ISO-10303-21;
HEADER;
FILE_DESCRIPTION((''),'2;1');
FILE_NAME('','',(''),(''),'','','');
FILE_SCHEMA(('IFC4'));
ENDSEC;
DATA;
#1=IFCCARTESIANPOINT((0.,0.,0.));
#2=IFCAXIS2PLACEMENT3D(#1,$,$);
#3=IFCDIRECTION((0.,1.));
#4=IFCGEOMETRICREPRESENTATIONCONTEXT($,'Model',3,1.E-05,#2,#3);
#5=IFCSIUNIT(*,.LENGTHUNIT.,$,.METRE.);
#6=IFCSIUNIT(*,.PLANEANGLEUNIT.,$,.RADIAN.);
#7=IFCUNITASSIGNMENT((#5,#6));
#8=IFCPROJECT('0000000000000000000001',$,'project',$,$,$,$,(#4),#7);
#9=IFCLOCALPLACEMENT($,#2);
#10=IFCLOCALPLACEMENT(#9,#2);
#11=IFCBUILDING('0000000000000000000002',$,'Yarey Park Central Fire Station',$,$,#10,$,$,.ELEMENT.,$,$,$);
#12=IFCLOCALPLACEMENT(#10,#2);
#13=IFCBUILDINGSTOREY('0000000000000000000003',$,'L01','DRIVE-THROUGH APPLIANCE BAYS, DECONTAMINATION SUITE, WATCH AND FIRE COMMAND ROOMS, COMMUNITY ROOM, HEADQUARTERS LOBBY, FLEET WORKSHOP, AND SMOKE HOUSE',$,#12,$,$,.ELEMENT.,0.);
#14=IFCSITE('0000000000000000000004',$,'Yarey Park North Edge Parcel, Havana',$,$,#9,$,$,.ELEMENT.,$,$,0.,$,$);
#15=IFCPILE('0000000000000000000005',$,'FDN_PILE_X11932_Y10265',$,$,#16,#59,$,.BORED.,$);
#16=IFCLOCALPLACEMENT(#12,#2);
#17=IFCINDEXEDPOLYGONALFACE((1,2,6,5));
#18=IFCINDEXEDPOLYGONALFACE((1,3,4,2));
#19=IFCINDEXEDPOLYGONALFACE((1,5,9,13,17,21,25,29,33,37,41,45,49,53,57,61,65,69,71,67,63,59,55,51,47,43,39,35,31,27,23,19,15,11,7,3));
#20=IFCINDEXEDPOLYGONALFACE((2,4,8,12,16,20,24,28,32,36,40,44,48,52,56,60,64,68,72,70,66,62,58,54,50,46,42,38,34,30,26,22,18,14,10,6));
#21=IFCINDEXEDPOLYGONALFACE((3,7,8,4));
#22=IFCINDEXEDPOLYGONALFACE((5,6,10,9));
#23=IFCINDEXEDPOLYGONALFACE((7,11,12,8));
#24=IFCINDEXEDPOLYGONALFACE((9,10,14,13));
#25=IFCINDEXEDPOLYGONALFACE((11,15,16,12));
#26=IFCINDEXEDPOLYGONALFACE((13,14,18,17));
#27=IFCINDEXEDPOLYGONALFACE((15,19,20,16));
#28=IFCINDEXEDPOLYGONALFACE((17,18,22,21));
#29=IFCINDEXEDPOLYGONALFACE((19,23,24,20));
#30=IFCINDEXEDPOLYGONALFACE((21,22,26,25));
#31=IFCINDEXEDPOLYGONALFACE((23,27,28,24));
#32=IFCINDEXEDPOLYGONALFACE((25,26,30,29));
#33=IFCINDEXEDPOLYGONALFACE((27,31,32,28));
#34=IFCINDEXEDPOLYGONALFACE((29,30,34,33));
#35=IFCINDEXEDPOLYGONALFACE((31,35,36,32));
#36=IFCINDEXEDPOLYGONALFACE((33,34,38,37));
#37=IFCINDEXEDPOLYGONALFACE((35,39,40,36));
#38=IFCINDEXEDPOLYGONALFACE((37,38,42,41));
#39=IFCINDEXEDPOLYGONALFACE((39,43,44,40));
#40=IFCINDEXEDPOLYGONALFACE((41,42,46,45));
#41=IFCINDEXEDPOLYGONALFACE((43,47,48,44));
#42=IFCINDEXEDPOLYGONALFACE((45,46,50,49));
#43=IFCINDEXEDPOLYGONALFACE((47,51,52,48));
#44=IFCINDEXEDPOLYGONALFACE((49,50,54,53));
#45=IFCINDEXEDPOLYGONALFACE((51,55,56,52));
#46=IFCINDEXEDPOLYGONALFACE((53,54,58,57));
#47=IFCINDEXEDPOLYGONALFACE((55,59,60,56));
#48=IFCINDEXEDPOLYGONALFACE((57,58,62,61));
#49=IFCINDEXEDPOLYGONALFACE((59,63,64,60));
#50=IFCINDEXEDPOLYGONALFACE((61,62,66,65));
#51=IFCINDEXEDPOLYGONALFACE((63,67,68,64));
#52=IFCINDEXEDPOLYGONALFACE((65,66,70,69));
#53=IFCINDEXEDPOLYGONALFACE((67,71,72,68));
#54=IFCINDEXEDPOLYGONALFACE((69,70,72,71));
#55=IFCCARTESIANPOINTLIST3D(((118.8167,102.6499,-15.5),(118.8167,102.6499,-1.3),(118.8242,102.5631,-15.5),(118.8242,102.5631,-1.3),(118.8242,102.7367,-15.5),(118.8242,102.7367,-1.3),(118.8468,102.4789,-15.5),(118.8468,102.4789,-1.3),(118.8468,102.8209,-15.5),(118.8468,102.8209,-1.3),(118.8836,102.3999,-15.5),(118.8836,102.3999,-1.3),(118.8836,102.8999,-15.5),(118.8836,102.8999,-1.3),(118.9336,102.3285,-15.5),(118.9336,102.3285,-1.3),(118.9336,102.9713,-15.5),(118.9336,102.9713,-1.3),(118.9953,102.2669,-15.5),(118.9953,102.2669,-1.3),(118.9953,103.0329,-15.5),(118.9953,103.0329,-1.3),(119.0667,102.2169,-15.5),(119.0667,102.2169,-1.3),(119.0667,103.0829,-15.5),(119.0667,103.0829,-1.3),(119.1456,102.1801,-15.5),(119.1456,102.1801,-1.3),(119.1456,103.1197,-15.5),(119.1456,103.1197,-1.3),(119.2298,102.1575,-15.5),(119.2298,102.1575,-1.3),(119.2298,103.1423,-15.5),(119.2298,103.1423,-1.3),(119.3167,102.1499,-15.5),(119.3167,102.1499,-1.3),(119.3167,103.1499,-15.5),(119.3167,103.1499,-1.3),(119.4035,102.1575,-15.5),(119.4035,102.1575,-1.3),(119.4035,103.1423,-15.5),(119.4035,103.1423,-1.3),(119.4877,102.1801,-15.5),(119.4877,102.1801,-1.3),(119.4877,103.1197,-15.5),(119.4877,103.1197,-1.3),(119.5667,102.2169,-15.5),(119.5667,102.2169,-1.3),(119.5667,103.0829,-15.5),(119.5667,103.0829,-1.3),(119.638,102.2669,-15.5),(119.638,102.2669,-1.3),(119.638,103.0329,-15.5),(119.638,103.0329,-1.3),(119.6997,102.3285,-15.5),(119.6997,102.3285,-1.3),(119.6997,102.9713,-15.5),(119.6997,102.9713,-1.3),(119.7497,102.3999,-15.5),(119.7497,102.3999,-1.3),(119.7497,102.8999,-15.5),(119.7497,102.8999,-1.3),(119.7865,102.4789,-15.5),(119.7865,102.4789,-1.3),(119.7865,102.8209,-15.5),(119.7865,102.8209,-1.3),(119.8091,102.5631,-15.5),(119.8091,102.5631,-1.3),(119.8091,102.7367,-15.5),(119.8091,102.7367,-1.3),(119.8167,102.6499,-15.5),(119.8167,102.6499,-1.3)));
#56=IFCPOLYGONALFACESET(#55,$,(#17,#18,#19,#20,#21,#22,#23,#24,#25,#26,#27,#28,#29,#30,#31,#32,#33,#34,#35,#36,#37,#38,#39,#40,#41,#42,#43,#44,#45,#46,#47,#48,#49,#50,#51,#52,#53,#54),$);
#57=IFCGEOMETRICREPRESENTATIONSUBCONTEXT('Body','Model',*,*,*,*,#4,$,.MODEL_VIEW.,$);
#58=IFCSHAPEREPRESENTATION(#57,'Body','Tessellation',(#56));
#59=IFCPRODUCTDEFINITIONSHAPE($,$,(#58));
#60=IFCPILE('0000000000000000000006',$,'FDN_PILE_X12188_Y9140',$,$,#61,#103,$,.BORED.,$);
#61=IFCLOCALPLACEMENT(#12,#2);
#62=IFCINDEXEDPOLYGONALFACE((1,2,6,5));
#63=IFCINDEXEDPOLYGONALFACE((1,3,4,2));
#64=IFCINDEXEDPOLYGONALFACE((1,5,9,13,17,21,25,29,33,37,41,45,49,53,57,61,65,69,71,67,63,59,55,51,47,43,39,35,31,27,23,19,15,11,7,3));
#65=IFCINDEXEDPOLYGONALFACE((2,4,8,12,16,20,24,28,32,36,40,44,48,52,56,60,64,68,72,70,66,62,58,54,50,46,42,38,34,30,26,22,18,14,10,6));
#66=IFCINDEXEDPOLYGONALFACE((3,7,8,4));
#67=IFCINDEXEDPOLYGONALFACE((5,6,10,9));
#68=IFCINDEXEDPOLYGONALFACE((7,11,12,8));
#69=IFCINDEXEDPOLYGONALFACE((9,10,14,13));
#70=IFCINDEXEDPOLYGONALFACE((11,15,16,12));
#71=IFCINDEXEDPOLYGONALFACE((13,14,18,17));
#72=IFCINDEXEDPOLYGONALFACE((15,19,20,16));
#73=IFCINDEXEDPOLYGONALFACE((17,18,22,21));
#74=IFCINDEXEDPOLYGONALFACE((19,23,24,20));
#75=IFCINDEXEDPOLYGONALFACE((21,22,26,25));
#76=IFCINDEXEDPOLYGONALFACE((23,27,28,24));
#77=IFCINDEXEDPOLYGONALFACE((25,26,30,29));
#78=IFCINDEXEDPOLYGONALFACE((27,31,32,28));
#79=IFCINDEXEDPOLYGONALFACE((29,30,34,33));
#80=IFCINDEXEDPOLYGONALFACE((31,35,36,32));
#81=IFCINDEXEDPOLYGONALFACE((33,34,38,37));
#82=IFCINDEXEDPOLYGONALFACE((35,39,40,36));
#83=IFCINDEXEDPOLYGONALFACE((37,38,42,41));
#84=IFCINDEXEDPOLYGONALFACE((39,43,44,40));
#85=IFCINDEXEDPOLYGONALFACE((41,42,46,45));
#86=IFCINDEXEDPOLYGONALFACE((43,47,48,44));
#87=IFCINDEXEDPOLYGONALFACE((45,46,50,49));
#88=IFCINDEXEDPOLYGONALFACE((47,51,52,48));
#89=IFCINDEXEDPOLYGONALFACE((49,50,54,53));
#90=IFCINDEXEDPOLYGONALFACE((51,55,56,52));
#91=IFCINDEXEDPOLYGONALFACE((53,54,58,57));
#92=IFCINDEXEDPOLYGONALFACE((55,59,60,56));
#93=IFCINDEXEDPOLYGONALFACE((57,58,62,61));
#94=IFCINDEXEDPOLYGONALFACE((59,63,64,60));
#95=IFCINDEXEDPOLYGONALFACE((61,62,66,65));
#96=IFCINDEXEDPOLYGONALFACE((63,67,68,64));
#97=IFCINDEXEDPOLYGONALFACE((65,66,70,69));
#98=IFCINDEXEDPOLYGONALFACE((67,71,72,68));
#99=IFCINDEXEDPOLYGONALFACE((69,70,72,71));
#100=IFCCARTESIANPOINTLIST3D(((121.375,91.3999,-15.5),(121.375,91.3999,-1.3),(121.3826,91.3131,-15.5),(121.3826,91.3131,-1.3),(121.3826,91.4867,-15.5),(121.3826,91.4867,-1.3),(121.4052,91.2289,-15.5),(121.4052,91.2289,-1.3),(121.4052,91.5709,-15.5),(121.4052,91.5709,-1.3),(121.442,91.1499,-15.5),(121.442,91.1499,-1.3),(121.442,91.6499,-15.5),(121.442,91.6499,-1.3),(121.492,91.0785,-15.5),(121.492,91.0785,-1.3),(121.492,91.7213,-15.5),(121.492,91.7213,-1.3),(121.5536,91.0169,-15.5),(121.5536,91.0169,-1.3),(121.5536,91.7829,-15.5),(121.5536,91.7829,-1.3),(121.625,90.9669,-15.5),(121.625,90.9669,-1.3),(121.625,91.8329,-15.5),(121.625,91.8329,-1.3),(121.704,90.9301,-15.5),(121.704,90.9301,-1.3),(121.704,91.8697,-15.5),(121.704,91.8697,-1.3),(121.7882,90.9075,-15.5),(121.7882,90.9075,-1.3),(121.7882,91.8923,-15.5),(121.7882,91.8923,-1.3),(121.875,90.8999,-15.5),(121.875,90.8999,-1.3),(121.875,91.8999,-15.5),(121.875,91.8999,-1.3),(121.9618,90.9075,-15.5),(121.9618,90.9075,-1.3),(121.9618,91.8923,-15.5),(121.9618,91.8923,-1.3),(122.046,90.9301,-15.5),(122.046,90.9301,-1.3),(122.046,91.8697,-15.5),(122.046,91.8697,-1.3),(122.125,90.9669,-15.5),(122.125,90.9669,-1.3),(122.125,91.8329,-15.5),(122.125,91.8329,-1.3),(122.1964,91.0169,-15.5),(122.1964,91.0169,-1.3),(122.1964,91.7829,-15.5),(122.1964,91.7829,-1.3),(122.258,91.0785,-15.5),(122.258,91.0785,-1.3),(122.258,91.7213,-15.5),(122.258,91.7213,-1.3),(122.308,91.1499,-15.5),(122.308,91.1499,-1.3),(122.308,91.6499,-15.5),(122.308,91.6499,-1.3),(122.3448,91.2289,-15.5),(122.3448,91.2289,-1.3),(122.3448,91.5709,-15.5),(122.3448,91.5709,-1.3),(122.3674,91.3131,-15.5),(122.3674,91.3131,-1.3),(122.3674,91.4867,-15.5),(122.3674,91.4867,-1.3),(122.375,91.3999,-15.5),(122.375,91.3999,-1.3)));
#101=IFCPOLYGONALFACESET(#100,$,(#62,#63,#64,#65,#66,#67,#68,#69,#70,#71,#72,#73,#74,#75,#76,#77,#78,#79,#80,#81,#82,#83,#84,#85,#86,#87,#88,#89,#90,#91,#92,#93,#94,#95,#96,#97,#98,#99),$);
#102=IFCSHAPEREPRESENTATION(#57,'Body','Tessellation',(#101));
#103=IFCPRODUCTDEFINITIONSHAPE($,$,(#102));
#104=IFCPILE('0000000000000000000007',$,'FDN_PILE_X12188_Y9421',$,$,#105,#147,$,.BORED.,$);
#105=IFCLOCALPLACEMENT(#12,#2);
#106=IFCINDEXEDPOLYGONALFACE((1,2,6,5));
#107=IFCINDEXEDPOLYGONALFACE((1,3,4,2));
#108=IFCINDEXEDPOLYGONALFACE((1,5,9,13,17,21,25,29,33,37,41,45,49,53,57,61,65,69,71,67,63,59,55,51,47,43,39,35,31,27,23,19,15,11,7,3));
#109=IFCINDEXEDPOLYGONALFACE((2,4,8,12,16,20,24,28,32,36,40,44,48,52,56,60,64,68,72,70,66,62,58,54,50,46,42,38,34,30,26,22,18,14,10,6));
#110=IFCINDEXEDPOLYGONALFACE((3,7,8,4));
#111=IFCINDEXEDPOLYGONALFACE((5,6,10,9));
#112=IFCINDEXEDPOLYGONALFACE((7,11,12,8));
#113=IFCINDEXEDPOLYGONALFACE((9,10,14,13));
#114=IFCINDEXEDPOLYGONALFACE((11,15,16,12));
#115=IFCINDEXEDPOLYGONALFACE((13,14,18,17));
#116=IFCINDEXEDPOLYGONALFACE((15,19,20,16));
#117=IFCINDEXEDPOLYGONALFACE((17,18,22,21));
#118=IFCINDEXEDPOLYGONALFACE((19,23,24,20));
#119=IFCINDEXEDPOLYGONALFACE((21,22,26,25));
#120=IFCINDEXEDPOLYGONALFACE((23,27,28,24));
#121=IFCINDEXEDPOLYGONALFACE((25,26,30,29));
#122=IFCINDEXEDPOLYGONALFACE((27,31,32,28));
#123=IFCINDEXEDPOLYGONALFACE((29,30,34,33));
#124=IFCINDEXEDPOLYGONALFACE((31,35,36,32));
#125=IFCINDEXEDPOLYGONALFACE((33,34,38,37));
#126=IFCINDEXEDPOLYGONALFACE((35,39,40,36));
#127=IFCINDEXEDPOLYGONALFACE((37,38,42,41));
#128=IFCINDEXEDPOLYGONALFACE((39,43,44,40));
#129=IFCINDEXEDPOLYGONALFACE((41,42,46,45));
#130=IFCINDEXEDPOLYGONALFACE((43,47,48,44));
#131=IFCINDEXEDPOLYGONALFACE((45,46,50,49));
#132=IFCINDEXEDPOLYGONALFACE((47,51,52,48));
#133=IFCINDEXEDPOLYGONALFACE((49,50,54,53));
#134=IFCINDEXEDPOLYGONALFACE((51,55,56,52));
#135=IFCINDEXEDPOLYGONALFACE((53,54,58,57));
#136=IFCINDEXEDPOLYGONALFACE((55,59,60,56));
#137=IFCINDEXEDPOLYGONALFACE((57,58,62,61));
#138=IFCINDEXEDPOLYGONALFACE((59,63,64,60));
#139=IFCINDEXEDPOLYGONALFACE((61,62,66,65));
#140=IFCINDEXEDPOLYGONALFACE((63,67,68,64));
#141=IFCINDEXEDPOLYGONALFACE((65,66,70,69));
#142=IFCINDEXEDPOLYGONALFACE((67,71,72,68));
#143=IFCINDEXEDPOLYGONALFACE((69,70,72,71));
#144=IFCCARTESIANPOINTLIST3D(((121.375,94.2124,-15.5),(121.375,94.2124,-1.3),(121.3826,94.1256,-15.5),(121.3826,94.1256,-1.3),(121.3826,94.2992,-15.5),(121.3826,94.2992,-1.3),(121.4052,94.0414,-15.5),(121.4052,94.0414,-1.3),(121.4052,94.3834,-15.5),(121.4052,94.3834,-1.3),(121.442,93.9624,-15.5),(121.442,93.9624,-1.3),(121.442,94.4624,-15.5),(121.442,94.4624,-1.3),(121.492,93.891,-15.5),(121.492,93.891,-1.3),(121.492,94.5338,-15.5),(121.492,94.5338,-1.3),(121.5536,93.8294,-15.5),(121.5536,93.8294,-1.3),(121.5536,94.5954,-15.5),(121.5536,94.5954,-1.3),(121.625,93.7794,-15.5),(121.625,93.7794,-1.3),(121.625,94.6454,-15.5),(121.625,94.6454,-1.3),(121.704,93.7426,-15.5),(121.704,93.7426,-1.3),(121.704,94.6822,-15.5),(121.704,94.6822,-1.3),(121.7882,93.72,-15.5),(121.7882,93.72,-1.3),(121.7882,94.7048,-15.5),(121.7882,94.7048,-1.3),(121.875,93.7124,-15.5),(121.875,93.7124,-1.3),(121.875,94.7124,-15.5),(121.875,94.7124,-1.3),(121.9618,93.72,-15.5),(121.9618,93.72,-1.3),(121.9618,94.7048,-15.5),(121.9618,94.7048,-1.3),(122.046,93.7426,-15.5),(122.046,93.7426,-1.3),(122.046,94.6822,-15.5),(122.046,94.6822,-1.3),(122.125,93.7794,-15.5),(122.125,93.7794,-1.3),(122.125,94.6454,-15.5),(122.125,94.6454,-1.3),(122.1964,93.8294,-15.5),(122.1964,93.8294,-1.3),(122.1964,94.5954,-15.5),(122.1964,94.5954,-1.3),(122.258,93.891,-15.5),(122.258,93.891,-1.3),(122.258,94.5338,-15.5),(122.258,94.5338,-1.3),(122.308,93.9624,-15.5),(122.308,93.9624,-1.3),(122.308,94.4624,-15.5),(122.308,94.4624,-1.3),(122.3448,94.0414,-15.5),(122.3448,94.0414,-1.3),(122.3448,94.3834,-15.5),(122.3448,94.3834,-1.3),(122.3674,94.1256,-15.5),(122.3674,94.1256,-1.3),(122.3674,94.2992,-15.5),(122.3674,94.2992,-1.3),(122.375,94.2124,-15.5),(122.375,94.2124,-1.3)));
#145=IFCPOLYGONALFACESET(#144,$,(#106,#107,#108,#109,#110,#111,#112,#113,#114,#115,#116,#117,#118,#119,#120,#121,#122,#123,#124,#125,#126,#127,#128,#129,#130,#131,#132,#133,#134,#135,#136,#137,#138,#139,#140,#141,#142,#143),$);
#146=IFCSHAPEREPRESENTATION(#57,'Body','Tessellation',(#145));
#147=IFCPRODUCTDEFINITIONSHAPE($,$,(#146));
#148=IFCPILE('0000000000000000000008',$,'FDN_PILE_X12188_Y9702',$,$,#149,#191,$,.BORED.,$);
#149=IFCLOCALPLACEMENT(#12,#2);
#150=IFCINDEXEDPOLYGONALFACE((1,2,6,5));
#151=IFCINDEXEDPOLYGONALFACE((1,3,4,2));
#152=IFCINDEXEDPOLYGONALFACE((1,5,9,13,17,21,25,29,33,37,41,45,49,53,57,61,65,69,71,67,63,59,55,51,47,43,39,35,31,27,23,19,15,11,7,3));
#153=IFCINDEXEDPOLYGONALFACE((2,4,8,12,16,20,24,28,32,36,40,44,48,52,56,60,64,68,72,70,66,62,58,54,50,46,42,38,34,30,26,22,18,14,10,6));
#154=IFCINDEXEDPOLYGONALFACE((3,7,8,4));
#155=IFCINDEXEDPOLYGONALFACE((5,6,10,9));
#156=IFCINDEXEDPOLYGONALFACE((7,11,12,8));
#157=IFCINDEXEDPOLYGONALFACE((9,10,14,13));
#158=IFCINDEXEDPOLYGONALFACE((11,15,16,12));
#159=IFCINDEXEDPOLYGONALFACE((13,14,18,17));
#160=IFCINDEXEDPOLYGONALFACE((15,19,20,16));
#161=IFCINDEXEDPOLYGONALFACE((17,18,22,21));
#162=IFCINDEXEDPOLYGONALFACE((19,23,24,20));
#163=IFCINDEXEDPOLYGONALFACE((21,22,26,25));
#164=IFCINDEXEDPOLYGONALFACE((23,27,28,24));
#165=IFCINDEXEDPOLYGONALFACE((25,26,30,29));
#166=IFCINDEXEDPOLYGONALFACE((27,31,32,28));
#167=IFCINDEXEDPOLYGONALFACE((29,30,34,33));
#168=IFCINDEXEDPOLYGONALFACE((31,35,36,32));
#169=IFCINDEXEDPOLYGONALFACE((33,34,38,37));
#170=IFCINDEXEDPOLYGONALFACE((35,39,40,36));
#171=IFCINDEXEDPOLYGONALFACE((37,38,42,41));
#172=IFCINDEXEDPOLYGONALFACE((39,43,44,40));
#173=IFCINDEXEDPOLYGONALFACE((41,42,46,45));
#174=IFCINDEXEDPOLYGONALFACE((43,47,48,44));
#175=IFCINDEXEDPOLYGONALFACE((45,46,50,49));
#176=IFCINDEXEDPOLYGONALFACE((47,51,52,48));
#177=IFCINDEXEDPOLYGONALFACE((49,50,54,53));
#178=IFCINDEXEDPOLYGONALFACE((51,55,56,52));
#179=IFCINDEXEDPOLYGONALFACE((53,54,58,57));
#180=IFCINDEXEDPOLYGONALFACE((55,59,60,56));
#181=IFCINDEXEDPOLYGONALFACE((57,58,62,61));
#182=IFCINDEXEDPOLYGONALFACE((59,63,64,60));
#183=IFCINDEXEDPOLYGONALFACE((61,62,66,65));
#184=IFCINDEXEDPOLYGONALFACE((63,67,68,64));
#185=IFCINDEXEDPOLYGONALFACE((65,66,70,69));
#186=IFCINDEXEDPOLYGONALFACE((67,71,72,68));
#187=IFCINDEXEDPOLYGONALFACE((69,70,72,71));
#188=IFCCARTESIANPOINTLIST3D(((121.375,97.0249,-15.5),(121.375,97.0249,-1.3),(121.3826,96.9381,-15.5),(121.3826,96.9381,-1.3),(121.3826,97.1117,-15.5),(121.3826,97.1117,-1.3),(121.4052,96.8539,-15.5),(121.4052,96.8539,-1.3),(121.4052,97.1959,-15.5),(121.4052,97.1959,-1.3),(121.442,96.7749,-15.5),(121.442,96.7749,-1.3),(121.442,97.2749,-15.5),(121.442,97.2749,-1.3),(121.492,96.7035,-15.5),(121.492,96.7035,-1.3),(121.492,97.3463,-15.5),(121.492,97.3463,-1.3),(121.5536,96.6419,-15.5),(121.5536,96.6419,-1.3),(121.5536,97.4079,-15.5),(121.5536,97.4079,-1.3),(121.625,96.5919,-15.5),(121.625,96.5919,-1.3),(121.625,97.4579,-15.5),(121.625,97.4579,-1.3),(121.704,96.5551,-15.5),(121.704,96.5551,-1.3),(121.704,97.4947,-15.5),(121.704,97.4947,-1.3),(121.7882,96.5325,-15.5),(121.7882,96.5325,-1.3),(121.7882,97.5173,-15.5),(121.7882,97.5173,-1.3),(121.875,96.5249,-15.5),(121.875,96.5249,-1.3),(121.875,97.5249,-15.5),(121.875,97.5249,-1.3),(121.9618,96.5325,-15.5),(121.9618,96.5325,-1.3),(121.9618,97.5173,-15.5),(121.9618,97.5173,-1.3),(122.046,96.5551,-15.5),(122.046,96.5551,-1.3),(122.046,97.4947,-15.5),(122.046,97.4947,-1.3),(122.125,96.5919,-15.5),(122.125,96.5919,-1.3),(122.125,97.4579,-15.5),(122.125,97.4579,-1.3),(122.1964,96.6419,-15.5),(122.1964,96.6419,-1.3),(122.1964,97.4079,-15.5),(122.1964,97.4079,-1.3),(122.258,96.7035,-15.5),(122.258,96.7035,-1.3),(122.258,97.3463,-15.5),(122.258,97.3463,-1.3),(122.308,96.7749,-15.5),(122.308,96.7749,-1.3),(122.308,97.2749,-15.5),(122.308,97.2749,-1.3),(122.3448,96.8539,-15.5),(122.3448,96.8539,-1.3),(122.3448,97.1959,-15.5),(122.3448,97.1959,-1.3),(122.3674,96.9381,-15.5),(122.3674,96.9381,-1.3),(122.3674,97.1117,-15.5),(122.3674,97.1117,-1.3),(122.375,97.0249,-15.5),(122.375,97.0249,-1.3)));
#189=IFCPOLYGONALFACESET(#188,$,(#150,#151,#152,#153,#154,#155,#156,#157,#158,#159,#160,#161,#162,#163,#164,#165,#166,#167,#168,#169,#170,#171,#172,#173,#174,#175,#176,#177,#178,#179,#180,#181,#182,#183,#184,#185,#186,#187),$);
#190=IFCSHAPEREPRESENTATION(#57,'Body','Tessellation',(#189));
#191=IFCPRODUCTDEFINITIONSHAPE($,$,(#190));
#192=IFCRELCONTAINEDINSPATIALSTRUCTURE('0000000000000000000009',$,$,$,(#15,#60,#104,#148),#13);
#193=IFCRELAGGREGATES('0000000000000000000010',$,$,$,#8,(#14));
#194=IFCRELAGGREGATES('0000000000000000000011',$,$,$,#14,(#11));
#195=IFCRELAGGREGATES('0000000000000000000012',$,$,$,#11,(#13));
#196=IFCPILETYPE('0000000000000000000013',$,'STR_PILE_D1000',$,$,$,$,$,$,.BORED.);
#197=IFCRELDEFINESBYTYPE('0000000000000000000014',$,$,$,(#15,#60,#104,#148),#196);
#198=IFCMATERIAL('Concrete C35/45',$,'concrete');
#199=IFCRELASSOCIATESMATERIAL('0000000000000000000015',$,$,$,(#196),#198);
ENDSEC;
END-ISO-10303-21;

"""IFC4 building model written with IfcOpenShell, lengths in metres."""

from ifc_helpers import new_model, si_unit, direction, frame, origin, origin_2d, place, context, subcontext, project, spatial, circle, extrude, material, material_profile, profile_set, type_object, element, save


model = new_model("IFC4")

# Units and contexts
model_context = context("Model", 3, precision=1e-05, world=origin(), true_north=direction((0.0, 1.0)))
body_context = subcontext(model_context, "Body", "Model", "MODEL_VIEW")
ifc_project = project(units=[si_unit("LENGTHUNIT", "METRE"), si_unit("PLANEANGLEUNIT", "RADIAN")], contexts=[model_context])

# Site, building, storey
site_placement = place(None, origin())
site = spatial("IfcSite", under=ifc_project, at=site_placement, Name="Yarey Park North Edge Parcel, Havana", CompositionType="ELEMENT", RefElevation=0.0)
building_placement = place(site_placement, origin())
building = spatial("IfcBuilding", under=site, at=building_placement, Name="Yarey Park Central Fire Station", CompositionType="ELEMENT")
storey_placement = place(building_placement, origin())
storey = spatial("IfcBuildingStorey", under=building, at=storey_placement, Name="L01", Description="DRIVE-THROUGH APPLIANCE BAYS, DECONTAMINATION SUITE, WATCH AND FIRE COMMAND ROOMS, COMMUNITY ROOM, HEADQUARTERS LOBBY, FLEET WORKSHOP, AND SMOKE HOUSE", CompositionType="ELEMENT", Elevation=0.0)

# Piles
ifc_material_1 = material(Name="Concrete C35/45", Category="concrete")
ifc_material_profile_1 = material_profile(ifc_material_1, circle(Radius=0.5, at=origin_2d()), Name="BORED PILE D1000")
ifc_profile_set_1 = profile_set([ifc_material_profile_1], Name="Concrete C35/45")
pile_type = type_object("IfcPileType", Name="STR_PILE_D1000", PredefinedType="BORED", material=ifc_profile_set_1)
for number, where, z_axis, x_axis, name in (
    (1, (119.3167, 102.6499, -1.3), (0.0, 0.0, -1.0), (1.0, 0.0, 0.0), "FDN_PILE_X11932_Y10265"),
    (2, (121.875, 91.3999, -1.3), (0.0, 0.0, -1.0), (1.0, 0.0, 0.0), "FDN_PILE_X12188_Y9140"),
    (3, (121.875, 94.2124, -1.3), (0.0, 0.0, -1.0), (1.0, 0.0, 0.0), "FDN_PILE_X12188_Y9421"),
    (4, (121.875, 97.0249, -1.3), (0.0, 0.0, -1.0), (1.0, 0.0, 0.0), "FDN_PILE_X12188_Y9702"),
):
    element("IfcPile", number, at=place(storey_placement, frame(where, z_axis=z_axis, x_axis=x_axis)), inside=storey, type_object=pile_type, Name=name, PredefinedType="BORED", context=body_context, shape_type="SweptSolid", body=[
        extrude(circle(Radius=0.5, at=origin_2d()), origin(), (0.0, 0.0, 1.0), 14.2),
    ])

save(model, "model.ifc")
